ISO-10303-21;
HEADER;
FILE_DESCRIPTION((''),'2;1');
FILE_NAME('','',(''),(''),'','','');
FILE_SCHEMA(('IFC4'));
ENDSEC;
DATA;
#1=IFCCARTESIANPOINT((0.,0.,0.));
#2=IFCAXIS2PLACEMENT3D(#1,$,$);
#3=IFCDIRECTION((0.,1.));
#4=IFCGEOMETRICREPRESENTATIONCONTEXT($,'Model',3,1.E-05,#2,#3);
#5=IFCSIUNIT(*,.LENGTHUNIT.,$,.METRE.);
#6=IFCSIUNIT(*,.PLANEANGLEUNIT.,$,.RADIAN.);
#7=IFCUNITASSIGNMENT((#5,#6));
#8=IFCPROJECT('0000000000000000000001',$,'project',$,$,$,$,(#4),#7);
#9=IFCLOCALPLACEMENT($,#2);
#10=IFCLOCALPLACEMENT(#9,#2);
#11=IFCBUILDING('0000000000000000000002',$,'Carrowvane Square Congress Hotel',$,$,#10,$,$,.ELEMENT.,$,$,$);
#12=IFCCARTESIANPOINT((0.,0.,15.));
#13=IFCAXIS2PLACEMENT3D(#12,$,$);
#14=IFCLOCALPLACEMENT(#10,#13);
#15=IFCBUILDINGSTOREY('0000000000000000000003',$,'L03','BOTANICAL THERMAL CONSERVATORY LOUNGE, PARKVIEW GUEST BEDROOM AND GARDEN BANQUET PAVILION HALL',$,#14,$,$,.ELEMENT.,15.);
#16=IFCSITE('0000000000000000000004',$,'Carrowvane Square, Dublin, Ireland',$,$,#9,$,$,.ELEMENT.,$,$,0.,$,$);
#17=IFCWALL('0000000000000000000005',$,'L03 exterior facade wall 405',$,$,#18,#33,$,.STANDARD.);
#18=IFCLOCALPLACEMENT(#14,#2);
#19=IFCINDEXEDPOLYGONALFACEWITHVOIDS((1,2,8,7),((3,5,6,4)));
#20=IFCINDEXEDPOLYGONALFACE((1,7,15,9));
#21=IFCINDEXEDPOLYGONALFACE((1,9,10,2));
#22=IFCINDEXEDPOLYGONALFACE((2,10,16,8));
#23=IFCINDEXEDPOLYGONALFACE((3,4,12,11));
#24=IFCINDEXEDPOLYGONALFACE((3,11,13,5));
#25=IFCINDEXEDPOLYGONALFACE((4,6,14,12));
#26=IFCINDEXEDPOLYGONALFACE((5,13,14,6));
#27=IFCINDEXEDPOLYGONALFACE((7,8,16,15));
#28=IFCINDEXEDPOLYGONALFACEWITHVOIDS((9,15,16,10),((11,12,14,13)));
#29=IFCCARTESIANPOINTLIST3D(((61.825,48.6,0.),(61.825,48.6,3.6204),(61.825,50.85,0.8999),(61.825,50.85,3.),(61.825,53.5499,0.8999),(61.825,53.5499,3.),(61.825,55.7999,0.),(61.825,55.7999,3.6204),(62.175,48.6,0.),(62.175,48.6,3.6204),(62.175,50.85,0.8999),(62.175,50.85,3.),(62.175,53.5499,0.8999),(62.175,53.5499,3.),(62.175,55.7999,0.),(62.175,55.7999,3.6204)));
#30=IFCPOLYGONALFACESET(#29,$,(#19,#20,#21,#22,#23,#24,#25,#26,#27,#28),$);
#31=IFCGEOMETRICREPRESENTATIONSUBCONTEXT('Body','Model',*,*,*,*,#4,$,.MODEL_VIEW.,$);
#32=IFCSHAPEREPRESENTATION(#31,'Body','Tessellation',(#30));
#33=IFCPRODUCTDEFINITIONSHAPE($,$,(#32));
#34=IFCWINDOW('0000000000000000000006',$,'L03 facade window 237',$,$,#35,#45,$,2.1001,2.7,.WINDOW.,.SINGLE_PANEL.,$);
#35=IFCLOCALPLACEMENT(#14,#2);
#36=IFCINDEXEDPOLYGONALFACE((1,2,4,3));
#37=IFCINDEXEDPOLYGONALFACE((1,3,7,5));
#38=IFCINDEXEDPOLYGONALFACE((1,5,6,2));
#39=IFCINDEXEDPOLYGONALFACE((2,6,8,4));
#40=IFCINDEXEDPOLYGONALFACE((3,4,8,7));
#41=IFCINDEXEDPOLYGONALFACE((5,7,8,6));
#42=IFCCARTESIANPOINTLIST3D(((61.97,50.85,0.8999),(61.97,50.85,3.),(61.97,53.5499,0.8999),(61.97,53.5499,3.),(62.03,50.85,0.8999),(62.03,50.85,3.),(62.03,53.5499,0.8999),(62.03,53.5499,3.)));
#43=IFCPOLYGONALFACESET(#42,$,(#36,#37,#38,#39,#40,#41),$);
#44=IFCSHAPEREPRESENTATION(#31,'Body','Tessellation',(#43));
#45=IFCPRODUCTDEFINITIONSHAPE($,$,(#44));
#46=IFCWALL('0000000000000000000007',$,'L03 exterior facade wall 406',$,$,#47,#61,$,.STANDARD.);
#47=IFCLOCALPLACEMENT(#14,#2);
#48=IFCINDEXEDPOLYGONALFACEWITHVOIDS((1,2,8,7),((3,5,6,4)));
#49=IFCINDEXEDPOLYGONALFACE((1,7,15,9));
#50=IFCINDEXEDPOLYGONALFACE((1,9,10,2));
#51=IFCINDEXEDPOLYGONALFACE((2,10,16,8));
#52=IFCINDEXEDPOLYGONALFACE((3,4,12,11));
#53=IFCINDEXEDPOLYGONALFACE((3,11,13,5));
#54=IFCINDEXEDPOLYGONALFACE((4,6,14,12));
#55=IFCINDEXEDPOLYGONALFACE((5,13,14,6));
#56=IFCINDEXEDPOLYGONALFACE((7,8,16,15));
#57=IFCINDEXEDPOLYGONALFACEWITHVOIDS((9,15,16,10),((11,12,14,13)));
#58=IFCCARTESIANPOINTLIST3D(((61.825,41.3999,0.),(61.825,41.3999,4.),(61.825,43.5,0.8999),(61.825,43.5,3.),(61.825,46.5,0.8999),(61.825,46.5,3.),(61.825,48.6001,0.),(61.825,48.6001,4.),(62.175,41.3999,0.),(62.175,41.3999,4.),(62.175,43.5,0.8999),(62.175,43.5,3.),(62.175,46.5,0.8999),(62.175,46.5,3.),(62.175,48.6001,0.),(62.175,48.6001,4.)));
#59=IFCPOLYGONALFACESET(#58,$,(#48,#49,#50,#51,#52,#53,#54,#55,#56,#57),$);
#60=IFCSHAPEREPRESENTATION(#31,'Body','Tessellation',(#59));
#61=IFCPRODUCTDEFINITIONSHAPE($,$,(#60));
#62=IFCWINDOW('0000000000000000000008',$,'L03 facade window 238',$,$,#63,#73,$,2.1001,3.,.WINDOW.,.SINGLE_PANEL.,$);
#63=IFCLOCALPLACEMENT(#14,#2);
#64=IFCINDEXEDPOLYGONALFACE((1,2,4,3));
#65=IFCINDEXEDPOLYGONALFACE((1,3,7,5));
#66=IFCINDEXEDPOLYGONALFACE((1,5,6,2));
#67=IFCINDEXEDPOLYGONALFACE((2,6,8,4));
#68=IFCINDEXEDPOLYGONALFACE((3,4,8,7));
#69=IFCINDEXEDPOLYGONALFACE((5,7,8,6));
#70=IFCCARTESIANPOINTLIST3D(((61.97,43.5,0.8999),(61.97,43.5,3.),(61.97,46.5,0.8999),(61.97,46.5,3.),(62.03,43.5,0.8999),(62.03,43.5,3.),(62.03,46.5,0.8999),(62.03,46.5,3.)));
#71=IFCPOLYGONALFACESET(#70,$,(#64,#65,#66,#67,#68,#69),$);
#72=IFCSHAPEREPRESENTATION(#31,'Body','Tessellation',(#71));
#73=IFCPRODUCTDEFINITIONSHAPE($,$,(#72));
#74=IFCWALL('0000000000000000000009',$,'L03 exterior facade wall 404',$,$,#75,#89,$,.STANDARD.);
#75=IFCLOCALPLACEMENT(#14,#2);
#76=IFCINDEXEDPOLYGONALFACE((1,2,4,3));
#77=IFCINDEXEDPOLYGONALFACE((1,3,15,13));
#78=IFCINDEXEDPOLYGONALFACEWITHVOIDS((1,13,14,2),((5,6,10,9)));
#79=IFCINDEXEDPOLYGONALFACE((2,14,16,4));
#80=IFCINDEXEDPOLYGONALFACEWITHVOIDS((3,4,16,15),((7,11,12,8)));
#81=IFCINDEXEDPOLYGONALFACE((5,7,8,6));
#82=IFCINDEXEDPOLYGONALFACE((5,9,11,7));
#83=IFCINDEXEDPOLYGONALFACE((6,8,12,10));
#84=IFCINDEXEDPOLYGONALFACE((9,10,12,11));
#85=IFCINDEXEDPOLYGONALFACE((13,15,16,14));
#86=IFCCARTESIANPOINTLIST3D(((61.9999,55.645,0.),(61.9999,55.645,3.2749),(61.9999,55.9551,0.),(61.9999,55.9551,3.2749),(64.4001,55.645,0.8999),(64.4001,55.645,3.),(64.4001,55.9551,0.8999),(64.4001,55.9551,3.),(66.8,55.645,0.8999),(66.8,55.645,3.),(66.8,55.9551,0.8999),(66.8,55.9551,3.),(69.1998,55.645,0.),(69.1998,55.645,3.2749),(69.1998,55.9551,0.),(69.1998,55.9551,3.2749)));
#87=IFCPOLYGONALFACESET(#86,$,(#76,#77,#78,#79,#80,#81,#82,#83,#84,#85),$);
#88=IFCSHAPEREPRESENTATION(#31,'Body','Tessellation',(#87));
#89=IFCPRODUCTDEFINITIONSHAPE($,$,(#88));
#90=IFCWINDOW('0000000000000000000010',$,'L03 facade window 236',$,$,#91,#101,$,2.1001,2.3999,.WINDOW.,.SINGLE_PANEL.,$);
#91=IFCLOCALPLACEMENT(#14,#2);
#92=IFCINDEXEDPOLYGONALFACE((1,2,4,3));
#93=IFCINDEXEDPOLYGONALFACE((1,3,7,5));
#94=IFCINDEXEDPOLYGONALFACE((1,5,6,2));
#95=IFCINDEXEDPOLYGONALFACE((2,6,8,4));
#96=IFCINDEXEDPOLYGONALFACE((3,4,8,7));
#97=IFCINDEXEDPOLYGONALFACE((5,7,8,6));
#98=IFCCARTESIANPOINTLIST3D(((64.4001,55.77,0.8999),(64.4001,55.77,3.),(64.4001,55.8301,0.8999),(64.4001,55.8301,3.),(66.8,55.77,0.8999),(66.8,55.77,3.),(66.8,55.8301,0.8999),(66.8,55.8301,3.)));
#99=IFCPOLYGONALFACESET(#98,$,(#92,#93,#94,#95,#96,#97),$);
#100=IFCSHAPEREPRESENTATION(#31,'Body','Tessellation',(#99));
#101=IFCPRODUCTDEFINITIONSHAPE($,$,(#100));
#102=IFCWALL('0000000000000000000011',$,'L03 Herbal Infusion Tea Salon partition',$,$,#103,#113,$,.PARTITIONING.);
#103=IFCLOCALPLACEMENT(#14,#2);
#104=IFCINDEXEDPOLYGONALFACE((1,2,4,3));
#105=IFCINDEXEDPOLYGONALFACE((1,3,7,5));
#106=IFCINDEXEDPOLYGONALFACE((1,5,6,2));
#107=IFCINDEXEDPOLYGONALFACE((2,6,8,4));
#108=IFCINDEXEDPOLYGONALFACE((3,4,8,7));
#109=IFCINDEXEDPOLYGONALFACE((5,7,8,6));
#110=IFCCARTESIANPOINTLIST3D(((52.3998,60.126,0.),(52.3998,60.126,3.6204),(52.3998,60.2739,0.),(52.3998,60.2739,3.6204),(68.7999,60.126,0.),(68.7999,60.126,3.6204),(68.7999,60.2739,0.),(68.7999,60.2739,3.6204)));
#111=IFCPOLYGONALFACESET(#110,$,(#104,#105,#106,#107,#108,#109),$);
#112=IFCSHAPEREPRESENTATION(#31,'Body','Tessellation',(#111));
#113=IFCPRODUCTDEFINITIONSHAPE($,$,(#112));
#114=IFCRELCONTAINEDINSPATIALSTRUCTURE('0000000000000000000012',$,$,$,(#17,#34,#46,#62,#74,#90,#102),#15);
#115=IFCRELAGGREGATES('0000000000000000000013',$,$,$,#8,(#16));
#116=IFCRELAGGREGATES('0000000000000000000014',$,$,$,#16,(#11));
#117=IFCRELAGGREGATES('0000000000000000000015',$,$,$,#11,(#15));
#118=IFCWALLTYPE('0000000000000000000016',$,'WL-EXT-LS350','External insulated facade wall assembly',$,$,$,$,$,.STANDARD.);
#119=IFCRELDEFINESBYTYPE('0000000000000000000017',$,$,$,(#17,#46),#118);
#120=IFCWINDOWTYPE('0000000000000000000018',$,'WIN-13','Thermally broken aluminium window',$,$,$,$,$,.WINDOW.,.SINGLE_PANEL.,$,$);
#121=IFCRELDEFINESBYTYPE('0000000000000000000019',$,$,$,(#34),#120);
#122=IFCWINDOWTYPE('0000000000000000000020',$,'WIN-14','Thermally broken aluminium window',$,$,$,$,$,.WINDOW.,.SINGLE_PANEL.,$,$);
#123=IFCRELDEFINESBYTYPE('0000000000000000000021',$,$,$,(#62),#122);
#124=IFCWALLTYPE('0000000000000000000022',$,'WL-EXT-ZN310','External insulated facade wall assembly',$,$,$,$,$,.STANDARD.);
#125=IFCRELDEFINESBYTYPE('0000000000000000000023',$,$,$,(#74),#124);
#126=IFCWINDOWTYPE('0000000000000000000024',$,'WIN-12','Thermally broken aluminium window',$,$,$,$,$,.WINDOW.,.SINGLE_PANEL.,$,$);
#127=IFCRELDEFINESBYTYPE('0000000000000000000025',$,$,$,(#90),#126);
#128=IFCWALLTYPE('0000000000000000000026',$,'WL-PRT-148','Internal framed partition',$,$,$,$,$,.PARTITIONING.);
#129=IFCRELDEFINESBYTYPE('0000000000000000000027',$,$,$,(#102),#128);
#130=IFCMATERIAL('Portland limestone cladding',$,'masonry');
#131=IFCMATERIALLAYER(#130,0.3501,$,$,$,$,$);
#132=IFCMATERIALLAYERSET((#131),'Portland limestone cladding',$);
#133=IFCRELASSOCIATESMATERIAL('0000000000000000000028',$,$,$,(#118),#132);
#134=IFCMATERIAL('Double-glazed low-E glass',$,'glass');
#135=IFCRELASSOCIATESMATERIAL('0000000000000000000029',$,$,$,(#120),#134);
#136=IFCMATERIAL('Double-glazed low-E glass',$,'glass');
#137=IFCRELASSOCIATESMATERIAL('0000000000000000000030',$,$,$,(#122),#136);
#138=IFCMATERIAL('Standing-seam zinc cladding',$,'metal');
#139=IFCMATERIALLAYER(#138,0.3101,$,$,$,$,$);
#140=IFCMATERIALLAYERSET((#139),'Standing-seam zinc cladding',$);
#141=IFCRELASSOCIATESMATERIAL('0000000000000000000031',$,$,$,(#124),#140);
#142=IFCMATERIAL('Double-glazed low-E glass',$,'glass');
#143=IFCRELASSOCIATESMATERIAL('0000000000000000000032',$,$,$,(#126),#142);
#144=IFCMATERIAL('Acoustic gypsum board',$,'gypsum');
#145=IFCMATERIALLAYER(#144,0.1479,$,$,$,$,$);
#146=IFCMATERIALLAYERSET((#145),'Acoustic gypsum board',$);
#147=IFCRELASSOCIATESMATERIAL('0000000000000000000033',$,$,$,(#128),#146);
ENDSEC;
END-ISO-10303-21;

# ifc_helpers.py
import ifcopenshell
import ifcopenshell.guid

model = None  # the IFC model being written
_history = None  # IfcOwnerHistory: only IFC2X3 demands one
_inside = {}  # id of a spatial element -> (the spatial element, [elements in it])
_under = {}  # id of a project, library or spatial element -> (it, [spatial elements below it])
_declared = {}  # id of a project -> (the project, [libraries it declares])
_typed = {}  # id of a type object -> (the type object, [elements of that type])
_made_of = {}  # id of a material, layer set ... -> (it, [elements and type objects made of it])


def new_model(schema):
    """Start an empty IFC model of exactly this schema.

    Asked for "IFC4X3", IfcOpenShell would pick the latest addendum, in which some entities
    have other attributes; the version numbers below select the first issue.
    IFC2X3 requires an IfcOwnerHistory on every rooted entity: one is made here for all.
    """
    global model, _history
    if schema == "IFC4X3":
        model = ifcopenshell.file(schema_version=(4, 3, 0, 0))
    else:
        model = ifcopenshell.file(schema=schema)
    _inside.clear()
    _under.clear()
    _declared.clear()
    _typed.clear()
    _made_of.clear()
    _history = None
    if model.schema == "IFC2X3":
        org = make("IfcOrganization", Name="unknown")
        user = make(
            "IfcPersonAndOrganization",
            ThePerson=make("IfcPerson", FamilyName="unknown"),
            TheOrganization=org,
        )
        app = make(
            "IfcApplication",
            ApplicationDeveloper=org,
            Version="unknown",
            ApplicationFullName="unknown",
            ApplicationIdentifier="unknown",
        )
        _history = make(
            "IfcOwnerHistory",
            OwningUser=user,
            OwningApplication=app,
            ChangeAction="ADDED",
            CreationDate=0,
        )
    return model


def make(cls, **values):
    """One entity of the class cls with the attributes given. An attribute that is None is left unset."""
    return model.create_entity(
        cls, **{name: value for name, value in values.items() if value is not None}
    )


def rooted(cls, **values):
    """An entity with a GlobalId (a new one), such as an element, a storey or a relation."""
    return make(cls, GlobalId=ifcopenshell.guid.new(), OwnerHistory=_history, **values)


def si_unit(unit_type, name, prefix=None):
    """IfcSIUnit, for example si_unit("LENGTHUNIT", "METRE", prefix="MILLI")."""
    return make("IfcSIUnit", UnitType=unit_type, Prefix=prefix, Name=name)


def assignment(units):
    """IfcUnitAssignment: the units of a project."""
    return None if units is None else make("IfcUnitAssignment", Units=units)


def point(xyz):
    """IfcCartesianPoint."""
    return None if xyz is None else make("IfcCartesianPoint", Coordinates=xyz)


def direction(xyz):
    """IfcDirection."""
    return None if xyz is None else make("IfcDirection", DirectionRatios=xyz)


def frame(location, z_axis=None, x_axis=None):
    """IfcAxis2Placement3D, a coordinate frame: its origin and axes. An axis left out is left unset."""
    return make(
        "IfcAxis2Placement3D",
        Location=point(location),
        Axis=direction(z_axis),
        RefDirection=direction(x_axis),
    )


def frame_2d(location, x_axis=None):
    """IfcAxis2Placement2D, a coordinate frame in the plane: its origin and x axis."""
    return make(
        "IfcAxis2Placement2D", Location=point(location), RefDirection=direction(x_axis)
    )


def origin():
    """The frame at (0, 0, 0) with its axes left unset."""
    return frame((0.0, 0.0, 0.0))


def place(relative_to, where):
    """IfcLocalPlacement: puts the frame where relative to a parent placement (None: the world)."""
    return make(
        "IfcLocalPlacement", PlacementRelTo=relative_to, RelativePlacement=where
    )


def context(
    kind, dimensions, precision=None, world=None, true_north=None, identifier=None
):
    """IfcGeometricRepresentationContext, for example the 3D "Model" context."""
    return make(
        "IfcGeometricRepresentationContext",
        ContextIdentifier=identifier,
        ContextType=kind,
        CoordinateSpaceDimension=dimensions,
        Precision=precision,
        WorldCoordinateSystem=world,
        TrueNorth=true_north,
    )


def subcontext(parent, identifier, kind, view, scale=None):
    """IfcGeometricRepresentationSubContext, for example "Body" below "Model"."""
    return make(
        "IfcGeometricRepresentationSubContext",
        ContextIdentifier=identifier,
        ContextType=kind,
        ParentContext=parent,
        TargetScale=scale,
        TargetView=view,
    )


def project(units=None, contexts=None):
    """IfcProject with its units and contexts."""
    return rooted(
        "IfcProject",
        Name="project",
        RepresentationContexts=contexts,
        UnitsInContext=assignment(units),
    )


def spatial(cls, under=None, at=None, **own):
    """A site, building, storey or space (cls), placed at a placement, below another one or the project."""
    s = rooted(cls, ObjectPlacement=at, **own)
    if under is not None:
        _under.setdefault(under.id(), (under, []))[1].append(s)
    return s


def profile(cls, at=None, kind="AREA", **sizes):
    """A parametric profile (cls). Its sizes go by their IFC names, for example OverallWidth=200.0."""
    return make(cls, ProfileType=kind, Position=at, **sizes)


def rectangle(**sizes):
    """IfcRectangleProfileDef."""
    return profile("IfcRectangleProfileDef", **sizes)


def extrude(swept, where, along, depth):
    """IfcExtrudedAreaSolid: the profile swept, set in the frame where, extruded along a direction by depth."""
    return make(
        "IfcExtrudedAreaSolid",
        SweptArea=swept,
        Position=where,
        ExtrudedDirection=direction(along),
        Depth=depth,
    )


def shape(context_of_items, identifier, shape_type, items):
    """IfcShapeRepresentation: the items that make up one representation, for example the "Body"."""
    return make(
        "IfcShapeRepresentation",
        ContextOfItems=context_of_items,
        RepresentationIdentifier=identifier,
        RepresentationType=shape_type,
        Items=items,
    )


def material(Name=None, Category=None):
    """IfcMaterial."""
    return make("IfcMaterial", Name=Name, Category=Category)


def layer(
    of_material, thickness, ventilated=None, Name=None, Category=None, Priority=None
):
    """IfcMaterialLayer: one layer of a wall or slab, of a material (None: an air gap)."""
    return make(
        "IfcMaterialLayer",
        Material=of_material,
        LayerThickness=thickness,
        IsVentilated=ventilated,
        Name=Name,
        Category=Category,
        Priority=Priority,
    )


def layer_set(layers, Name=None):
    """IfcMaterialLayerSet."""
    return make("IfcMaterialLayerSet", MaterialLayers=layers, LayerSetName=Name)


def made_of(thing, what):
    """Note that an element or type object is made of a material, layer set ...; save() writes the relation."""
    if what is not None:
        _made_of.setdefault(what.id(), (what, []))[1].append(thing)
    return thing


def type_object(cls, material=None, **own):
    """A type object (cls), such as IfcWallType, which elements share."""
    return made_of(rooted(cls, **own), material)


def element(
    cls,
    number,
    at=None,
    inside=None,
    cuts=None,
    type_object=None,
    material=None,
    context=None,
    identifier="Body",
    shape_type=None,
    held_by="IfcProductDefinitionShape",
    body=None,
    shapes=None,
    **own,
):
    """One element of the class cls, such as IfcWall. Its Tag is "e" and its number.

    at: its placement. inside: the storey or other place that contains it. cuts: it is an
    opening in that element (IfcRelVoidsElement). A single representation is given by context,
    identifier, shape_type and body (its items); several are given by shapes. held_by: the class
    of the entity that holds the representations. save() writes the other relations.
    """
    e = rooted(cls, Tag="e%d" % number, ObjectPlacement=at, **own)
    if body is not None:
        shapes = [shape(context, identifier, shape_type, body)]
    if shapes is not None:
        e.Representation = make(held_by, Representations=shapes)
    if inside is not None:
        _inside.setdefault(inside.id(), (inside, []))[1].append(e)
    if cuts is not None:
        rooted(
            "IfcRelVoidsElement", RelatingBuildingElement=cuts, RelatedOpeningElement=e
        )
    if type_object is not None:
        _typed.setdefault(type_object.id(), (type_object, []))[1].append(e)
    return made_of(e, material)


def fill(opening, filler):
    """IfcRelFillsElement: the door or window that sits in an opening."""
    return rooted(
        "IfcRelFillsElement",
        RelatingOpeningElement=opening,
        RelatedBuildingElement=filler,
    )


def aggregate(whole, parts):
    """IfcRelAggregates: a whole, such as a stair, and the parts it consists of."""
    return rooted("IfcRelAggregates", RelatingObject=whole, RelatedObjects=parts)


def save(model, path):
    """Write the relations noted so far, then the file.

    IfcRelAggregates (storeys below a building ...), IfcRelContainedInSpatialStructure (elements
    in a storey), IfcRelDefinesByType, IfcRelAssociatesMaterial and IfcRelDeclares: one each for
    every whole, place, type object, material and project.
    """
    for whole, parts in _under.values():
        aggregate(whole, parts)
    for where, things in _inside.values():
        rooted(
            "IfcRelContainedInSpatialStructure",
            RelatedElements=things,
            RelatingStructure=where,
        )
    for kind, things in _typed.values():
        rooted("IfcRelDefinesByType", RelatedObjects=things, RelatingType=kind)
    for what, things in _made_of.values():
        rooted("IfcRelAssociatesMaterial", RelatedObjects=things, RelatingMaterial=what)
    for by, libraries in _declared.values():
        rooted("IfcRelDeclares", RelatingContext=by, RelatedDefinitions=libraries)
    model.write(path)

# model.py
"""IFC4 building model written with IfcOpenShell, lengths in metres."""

from ifc_helpers import new_model, si_unit, direction, frame, frame_2d, origin, place, context, subcontext, project, spatial, rectangle, extrude, material, layer, layer_set, type_object, element, fill, save


model = new_model("IFC4")

# Units and contexts
model_context = context("Model", 3, precision=1e-05, world=origin(), true_north=direction((0.0, 1.0)))
body_context = subcontext(model_context, "Body", "Model", "MODEL_VIEW")
ifc_project = project(units=[si_unit("LENGTHUNIT", "METRE"), si_unit("PLANEANGLEUNIT", "RADIAN")], contexts=[model_context])

# Site, building, storey
site_placement = place(None, origin())
site = spatial("IfcSite", under=ifc_project, at=site_placement, Name="Carrowvane Square, Dublin, Ireland", CompositionType="ELEMENT", RefElevation=0.0)
building_placement = place(site_placement, origin())
building = spatial("IfcBuilding", under=site, at=building_placement, Name="Carrowvane Square Congress Hotel", CompositionType="ELEMENT")
storey_placement = place(building_placement, frame((0.0, 0.0, 15.0)))
storey = spatial("IfcBuildingStorey", under=building, at=storey_placement, Name="L03", Description="BOTANICAL THERMAL CONSERVATORY LOUNGE, PARKVIEW GUEST BEDROOM AND GARDEN BANQUET PAVILION HALL", CompositionType="ELEMENT", Elevation=15.0)

# Walls, openings, windows
ifc_material_1 = material(Name="Portland limestone cladding", Category="masonry")
ifc_layer_1 = layer(ifc_material_1, 0.3501)
ifc_layer_set_1 = layer_set([ifc_layer_1], Name="Portland limestone cladding")
wall_type_1 = type_object("IfcWallType", Name="WL-EXT-LS350", Description="External insulated facade wall assembly", PredefinedType="STANDARD", material=ifc_layer_set_1)
wall_1_placement = place(storey_placement, frame((62.0, 55.8, 0.0), z_axis=(0.0, 0.0, 1.0), x_axis=(0.0, -1.0, 0.0)))
wall_1 = element("IfcWall", 1, at=wall_1_placement, inside=storey, type_object=wall_type_1, Name="L03 exterior facade wall 405", PredefinedType="STANDARD", context=body_context, shape_type="SweptSolid", body=[
    extrude(rectangle(XDim=7.2, YDim=0.3501, at=frame_2d((3.6001, 0.0))), origin(), (0.0, 0.0, 1.0), 3.6204),
])
opening_1_placement = place(wall_1_placement, frame((2.25, 0.0, 0.8999)))
opening_1 = element("IfcOpeningElement", 2, at=opening_1_placement, cuts=wall_1, PredefinedType="OPENING", context=body_context, shape_type="SweptSolid", body=[
    extrude(rectangle(XDim=2.7, YDim=2.1001, at=frame_2d((1.3501, 1.05))), frame((0.0, 0.1851, 0.0), z_axis=(0.0, -1.0, 0.0), x_axis=(1.0, 0.0, 0.0)), (0.0, 0.0, 1.0), 0.3701),
])
ifc_material_2 = material(Name="Double-glazed low-E glass", Category="glass")
window_type_1 = type_object("IfcWindowType", Name="WIN-13", Description="Thermally broken aluminium window", PartitioningType="SINGLE_PANEL", PredefinedType="WINDOW", material=ifc_material_2)
window_1_placement = place(opening_1_placement, origin())
window_1 = element("IfcWindow", 3, at=window_1_placement, inside=storey, type_object=window_type_1, Name="L03 facade window 237", OverallHeight=2.1001, OverallWidth=2.7, PartitioningType="SINGLE_PANEL", PredefinedType="WINDOW", context=body_context, shape_type="SweptSolid", body=[
    extrude(rectangle(XDim=2.7, YDim=2.1001, at=frame_2d((1.3501, 1.05))), frame((0.0, 0.03, 0.0), z_axis=(0.0, -1.0, 0.0), x_axis=(1.0, 0.0, 0.0)), (0.0, 0.0, 1.0), 0.0601),
])
fill(opening_1, window_1)
wall_2_placement = place(storey_placement, frame((62.0, 48.6001, 0.0), z_axis=(0.0, 0.0, 1.0), x_axis=(0.0, -1.0, 0.0)))
wall_2 = element("IfcWall", 4, at=wall_2_placement, inside=storey, type_object=wall_type_1, Name="L03 exterior facade wall 406", PredefinedType="STANDARD", context=body_context, shape_type="SweptSolid", body=[
    extrude(rectangle(XDim=7.2002, YDim=0.3501, at=frame_2d((3.6001, 0.0))), origin(), (0.0, 0.0, 1.0), 4.0),
])
opening_2_placement = place(wall_2_placement, frame((2.1001, 0.0, 0.8999)))
opening_2 = element("IfcOpeningElement", 5, at=opening_2_placement, cuts=wall_2, PredefinedType="OPENING", context=body_context, shape_type="SweptSolid", body=[
    extrude(rectangle(XDim=3.0, YDim=2.1001, at=frame_2d((1.5, 1.05))), frame((0.0, 0.1851, 0.0), z_axis=(0.0, -1.0, 0.0), x_axis=(1.0, 0.0, 0.0)), (0.0, 0.0, 1.0), 0.3701),
])
ifc_material_3 = material(Name="Double-glazed low-E glass", Category="glass")
window_type_2 = type_object("IfcWindowType", Name="WIN-14", Description="Thermally broken aluminium window", PartitioningType="SINGLE_PANEL", PredefinedType="WINDOW", material=ifc_material_3)
window_2_placement = place(opening_2_placement, origin())
window_2 = element("IfcWindow", 6, at=window_2_placement, inside=storey, type_object=window_type_2, Name="L03 facade window 238", OverallHeight=2.1001, OverallWidth=3.0, PartitioningType="SINGLE_PANEL", PredefinedType="WINDOW", context=body_context, shape_type="SweptSolid", body=[
    extrude(rectangle(XDim=3.0, YDim=2.1001, at=frame_2d((1.5, 1.05))), frame((0.0, 0.03, 0.0), z_axis=(0.0, -1.0, 0.0), x_axis=(1.0, 0.0, 0.0)), (0.0, 0.0, 1.0), 0.0601),
])
fill(opening_2, window_2)
ifc_material_4 = material(Name="Standing-seam zinc cladding", Category="metal")
ifc_layer_2 = layer(ifc_material_4, 0.3101)
ifc_layer_set_2 = layer_set([ifc_layer_2], Name="Standing-seam zinc cladding")
wall_type_2 = type_object("IfcWallType", Name="WL-EXT-ZN310", Description="External insulated facade wall assembly", PredefinedType="STANDARD", material=ifc_layer_set_2)
wall_3_placement = place(storey_placement, frame((69.2, 55.8, 0.0), z_axis=(0.0, 0.0, 1.0), x_axis=(-1.0, 0.0, 0.0)))
wall_3 = element("IfcWall", 7, at=wall_3_placement, inside=storey, type_object=wall_type_2, Name="L03 exterior facade wall 404", PredefinedType="STANDARD", context=body_context, shape_type="SweptSolid", body=[
    extrude(rectangle(XDim=7.2, YDim=0.3101, at=frame_2d((3.6001, 0.0))), origin(), (0.0, 0.0, 1.0), 3.2749),
])
opening_3_placement = place(wall_3_placement, frame((2.3999, 0.0, 0.8999)))
opening_3 = element("IfcOpeningElement", 8, at=opening_3_placement, cuts=wall_3, PredefinedType="OPENING", context=body_context, shape_type="SweptSolid", body=[
    extrude(rectangle(XDim=2.3999, YDim=2.1001, at=frame_2d((1.2, 1.05))), frame((0.0, 0.165, 0.0), z_axis=(0.0, -1.0, 0.0), x_axis=(1.0, 0.0, 0.0)), (0.0, 0.0, 1.0), 0.3301),
])
ifc_material_5 = material(Name="Double-glazed low-E glass", Category="glass")
window_type_3 = type_object("IfcWindowType", Name="WIN-12", Description="Thermally broken aluminium window", PartitioningType="SINGLE_PANEL", PredefinedType="WINDOW", material=ifc_material_5)
window_3_placement = place(opening_3_placement, origin())
window_3 = element("IfcWindow", 9, at=window_3_placement, inside=storey, type_object=window_type_3, Name="L03 facade window 236", OverallHeight=2.1001, OverallWidth=2.3999, PartitioningType="SINGLE_PANEL", PredefinedType="WINDOW", context=body_context, shape_type="SweptSolid", body=[
    extrude(rectangle(XDim=2.3999, YDim=2.1001, at=frame_2d((1.2, 1.05))), frame((0.0, 0.03, 0.0), z_axis=(0.0, -1.0, 0.0), x_axis=(1.0, 0.0, 0.0)), (0.0, 0.0, 1.0), 0.0601),
])
fill(opening_3, window_3)

# Wall
ifc_material_6 = material(Name="Acoustic gypsum board", Category="gypsum")
ifc_layer_3 = layer(ifc_material_6, 0.1479)
ifc_layer_set_3 = layer_set([ifc_layer_3], Name="Acoustic gypsum board")
wall_type_3 = type_object("IfcWallType", Name="WL-PRT-148", Description="Internal framed partition", PredefinedType="PARTITIONING", material=ifc_layer_set_3)
wall_4_placement = place(storey_placement, frame((68.8, 60.2, 0.0), z_axis=(0.0, 0.0, 1.0), x_axis=(-1.0, 0.0, 0.0)))
element("IfcWall", 10, at=wall_4_placement, inside=storey, type_object=wall_type_3, Name="L03 Herbal Infusion Tea Salon partition", PredefinedType="PARTITIONING", context=body_context, shape_type="SweptSolid", body=[
    extrude(rectangle(XDim=16.4001, YDim=0.1479, at=frame_2d((8.2002, 0.0))), origin(), (0.0, 0.0, 1.0), 3.6204),
])

save(model, "model.ifc")
